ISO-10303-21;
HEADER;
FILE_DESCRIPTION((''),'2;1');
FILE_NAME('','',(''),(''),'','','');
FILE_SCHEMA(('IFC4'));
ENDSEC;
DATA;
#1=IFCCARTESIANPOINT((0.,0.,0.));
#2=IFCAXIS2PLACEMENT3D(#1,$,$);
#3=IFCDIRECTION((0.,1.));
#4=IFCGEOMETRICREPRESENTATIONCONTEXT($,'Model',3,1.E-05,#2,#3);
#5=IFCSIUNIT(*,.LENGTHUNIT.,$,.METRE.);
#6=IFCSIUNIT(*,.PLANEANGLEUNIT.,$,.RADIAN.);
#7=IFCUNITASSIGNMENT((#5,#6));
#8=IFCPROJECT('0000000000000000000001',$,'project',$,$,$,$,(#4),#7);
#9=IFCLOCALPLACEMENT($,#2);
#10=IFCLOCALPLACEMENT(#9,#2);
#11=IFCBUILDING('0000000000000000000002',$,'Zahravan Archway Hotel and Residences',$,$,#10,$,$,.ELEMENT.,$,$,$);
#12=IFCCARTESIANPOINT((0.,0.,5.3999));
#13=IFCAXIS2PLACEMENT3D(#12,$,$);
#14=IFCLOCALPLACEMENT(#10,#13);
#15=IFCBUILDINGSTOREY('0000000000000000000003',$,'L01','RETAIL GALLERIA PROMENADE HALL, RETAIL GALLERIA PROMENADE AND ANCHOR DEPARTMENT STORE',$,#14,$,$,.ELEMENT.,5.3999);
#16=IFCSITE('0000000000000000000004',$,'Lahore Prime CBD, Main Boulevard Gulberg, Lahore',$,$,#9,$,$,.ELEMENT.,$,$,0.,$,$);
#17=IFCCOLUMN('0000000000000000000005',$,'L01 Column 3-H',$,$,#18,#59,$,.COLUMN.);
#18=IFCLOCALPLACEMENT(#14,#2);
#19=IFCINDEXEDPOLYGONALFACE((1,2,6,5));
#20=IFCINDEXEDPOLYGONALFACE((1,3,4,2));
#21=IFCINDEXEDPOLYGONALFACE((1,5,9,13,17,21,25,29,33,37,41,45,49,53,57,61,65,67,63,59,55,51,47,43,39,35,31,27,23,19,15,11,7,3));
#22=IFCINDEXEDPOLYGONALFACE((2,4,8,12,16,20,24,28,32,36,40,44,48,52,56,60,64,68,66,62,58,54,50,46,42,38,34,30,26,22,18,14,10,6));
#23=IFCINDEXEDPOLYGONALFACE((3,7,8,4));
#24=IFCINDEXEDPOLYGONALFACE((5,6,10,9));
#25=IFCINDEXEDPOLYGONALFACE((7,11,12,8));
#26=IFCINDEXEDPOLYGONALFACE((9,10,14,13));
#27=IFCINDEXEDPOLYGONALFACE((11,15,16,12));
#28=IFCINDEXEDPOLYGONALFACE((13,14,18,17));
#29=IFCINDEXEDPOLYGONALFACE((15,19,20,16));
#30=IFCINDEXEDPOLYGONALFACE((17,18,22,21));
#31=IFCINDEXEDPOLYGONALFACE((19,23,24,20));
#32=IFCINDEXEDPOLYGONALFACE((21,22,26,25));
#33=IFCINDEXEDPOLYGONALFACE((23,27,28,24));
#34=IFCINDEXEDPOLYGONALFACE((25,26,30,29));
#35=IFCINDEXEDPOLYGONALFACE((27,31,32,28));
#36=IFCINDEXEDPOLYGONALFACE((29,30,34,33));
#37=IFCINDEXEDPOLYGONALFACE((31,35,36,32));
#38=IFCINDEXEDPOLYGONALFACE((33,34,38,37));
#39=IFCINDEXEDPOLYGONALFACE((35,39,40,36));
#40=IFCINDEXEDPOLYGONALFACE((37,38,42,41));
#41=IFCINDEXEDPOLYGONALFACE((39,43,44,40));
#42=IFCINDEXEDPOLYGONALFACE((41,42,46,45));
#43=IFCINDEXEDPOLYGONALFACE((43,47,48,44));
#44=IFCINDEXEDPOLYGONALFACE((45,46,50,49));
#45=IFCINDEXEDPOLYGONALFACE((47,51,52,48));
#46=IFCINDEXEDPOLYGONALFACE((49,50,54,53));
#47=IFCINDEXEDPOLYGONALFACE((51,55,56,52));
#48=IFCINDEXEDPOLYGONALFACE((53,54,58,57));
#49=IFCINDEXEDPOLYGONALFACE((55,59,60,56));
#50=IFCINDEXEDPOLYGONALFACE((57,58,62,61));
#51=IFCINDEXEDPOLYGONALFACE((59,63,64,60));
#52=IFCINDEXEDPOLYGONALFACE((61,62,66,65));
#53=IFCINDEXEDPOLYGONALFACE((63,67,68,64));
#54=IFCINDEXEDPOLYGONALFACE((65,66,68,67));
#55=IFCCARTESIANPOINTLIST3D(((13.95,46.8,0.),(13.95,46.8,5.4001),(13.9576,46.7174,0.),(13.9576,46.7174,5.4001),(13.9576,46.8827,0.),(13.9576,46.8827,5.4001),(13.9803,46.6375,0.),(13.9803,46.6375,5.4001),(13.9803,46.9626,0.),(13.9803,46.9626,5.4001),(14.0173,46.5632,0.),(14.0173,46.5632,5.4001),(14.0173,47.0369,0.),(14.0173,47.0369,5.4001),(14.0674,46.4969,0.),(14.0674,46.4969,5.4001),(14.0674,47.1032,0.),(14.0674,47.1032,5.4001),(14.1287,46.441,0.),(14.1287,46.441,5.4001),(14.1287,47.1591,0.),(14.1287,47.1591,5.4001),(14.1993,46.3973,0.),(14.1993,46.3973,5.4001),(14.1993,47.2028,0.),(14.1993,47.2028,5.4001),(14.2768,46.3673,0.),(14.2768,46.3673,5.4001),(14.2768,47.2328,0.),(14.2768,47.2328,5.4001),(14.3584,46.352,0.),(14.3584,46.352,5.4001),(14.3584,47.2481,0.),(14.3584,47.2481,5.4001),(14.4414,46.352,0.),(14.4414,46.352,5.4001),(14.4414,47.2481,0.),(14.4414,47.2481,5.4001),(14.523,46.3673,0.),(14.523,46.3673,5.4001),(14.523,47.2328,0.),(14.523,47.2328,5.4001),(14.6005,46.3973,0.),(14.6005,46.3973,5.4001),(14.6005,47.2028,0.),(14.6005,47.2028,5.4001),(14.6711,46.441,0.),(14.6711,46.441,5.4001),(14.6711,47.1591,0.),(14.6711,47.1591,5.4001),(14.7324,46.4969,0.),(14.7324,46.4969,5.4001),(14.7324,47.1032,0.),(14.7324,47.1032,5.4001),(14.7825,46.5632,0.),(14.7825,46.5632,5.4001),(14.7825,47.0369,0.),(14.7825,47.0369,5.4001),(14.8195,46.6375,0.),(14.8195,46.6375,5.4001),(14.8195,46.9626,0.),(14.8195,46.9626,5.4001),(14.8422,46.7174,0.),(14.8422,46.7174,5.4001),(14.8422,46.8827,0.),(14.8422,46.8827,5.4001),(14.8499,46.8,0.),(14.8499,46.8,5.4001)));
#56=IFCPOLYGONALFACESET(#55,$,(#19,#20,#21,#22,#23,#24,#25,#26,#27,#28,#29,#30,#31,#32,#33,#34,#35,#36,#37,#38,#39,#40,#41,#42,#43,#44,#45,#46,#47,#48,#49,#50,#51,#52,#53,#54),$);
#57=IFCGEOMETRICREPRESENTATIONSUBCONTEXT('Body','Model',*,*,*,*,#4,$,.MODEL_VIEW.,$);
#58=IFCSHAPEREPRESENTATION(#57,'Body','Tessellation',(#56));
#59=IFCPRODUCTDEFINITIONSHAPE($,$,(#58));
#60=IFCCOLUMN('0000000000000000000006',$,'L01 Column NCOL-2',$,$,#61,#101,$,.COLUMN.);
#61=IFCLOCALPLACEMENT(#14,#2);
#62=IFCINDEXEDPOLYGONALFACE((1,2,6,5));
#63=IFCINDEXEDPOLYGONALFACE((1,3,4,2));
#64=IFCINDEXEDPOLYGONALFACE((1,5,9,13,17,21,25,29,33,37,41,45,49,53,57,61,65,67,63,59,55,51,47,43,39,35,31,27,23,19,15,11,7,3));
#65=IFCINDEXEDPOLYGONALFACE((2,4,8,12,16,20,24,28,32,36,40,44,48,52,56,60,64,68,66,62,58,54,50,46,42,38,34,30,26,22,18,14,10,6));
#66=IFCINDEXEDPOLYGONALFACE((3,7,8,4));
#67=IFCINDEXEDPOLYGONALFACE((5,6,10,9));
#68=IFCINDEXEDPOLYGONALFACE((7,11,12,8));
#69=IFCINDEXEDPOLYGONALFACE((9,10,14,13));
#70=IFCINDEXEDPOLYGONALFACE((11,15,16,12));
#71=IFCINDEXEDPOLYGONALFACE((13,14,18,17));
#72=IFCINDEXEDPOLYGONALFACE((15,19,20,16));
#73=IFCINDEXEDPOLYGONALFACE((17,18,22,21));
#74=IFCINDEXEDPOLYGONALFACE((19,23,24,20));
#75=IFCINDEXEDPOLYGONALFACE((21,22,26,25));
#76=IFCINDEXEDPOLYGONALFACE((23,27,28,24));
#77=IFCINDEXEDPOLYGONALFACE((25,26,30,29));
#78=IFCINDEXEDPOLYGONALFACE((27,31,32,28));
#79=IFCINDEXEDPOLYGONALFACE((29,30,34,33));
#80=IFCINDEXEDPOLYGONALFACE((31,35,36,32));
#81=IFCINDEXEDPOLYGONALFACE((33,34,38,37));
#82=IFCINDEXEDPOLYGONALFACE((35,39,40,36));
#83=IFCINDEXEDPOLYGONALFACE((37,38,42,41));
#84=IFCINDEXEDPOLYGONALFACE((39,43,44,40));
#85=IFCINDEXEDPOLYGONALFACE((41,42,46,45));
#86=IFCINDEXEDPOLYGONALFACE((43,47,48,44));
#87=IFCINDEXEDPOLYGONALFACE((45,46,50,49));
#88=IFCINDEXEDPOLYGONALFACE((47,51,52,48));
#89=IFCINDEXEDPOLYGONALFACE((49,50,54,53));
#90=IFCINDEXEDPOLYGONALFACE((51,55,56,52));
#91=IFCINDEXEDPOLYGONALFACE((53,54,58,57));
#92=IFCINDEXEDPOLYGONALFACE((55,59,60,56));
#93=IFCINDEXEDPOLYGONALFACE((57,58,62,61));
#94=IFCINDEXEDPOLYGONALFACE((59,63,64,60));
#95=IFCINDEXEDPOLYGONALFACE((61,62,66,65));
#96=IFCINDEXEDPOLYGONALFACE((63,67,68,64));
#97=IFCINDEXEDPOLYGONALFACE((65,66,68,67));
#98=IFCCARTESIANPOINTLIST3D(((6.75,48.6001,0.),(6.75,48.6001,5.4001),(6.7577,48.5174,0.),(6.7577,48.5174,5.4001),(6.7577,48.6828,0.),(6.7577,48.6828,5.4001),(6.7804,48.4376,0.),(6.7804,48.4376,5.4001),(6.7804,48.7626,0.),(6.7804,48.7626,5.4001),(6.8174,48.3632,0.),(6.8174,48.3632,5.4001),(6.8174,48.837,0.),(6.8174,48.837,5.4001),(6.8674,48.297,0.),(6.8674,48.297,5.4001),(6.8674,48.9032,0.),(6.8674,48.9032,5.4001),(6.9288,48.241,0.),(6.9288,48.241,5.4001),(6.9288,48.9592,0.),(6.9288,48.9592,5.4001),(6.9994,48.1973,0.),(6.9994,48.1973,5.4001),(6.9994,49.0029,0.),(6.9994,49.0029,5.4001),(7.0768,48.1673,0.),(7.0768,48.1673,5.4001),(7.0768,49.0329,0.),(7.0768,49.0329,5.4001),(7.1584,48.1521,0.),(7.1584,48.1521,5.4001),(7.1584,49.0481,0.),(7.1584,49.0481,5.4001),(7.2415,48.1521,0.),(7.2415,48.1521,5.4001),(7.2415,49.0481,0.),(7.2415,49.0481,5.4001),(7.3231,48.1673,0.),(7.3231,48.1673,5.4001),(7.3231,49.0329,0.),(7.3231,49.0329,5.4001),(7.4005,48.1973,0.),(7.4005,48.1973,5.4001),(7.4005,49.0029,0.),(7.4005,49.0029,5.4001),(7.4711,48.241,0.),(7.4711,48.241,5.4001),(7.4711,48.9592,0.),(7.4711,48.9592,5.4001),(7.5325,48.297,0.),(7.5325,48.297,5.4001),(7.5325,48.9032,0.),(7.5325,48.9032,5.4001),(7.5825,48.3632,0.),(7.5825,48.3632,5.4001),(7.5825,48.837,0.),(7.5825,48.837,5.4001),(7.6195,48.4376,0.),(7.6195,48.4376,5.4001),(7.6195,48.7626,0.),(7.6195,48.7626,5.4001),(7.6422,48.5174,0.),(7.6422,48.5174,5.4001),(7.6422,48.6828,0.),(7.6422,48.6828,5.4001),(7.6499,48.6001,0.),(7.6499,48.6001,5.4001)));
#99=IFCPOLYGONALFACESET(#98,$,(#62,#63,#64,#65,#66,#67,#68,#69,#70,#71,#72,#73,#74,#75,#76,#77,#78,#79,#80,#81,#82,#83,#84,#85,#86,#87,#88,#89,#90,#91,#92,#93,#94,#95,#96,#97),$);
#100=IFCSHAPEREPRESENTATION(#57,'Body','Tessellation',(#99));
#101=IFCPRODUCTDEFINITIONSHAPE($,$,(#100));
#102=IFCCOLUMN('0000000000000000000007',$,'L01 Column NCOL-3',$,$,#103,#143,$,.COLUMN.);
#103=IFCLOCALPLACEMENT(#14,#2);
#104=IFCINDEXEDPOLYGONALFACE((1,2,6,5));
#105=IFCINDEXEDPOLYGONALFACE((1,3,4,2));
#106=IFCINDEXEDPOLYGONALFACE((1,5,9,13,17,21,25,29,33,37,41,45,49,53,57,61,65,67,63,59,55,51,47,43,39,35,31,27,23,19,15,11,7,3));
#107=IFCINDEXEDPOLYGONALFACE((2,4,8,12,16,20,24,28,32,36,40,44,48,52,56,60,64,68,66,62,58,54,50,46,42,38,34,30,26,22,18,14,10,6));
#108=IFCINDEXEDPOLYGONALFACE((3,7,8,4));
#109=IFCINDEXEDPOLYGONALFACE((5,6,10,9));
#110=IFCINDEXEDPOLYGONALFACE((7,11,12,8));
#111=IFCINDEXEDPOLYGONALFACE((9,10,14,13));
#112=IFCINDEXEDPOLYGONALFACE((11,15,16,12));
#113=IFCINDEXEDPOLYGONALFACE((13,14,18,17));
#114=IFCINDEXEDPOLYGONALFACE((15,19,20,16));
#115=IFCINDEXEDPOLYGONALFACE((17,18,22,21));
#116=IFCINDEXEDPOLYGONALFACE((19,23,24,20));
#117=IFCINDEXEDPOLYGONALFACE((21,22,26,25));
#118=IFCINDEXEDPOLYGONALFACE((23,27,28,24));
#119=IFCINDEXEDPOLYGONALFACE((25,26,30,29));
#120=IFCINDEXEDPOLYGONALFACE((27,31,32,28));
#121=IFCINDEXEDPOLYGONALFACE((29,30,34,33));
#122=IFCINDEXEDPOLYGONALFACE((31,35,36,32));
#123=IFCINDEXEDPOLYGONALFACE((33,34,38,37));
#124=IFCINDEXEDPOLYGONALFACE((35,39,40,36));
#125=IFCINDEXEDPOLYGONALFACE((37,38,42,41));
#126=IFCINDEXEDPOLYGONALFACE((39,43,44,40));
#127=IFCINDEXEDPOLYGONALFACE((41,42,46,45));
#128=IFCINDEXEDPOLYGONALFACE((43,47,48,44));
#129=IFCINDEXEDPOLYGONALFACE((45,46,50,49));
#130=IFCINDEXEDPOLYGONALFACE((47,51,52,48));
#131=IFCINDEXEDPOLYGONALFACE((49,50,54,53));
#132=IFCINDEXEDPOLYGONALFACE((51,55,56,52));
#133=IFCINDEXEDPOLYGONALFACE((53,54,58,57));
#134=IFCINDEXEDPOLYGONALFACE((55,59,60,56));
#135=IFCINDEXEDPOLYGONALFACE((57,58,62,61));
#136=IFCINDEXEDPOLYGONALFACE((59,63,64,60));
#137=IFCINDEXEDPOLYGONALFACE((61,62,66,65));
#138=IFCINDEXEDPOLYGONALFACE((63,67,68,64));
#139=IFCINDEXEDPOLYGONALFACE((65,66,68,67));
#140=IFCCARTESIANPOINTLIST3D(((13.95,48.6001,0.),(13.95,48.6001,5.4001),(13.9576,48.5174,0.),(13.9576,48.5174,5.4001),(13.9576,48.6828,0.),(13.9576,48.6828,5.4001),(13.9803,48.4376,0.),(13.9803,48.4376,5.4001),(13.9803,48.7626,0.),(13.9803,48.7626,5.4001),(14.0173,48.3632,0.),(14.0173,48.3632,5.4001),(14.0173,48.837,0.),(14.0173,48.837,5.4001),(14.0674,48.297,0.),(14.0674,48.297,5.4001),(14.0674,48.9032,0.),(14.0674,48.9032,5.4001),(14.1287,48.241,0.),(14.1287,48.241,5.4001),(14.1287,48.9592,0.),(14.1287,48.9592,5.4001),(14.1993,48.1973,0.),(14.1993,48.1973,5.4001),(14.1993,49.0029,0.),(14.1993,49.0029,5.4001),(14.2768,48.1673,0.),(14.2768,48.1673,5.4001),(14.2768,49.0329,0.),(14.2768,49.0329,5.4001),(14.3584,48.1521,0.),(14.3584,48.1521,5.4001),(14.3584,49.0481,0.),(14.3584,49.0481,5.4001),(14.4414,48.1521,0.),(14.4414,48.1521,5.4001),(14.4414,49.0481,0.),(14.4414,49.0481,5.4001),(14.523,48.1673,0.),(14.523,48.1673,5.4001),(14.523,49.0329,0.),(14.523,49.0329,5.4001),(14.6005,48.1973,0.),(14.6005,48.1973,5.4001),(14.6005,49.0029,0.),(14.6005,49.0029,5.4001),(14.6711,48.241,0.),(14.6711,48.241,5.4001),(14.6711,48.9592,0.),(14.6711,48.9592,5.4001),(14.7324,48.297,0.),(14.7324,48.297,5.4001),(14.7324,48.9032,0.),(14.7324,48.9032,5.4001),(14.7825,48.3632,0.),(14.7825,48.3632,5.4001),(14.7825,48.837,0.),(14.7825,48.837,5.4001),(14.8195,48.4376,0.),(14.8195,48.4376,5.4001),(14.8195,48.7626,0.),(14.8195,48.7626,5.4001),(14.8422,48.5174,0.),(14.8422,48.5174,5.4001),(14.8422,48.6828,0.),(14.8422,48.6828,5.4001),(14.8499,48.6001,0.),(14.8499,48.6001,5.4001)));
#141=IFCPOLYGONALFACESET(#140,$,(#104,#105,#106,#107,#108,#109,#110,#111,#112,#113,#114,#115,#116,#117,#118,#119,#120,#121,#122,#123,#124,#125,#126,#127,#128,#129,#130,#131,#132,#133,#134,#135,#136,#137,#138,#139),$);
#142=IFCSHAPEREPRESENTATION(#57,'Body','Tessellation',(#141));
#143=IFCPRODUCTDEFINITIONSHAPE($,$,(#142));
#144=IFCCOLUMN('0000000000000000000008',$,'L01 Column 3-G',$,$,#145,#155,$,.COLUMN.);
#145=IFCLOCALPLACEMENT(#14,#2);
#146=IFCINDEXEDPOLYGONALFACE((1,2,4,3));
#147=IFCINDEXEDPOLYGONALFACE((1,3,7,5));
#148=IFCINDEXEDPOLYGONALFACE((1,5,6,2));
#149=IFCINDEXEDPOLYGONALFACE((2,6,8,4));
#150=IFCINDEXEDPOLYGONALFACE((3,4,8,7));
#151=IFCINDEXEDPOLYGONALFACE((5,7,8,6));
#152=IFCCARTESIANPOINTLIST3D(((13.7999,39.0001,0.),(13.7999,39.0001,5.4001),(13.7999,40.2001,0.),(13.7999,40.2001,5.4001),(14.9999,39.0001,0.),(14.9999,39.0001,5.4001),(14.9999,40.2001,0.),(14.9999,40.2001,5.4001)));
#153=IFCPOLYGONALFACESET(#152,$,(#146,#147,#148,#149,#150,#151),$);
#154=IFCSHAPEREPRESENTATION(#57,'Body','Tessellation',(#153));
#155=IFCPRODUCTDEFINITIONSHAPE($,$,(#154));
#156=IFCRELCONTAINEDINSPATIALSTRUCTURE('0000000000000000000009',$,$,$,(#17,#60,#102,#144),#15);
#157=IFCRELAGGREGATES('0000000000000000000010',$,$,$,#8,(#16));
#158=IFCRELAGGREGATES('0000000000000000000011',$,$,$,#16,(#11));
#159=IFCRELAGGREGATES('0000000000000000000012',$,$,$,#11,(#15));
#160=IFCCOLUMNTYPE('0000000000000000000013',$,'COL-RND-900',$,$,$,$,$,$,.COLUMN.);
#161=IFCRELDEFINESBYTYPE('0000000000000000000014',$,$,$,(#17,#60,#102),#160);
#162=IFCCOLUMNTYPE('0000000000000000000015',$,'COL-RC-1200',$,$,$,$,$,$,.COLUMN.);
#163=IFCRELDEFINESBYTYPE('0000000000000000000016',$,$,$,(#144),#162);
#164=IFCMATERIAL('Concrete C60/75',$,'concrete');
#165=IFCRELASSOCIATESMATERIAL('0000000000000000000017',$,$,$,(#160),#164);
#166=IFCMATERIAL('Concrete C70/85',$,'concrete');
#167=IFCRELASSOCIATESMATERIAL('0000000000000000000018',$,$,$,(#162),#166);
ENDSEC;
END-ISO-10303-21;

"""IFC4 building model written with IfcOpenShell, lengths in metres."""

from ifc_helpers import new_model, si_unit, direction, frame, origin, origin_2d, place, context, subcontext, project, spatial, rectangle, circle, extrude, source, transform, mapped, material, material_profile, profile_set, type_object, element, save


model = new_model("IFC4")

# Units and contexts
model_context = context("Model", 3, precision=1e-05, world=origin(), true_north=direction((0.0, 1.0)))
body_context = subcontext(model_context, "Body", "Model", "MODEL_VIEW")
ifc_project = project(units=[si_unit("LENGTHUNIT", "METRE"), si_unit("PLANEANGLEUNIT", "RADIAN")], contexts=[model_context])

# Site, building, storey
site_placement = place(None, origin())
site = spatial("IfcSite", under=ifc_project, at=site_placement, Name="Lahore Prime CBD, Main Boulevard Gulberg, Lahore", CompositionType="ELEMENT", RefElevation=0.0)
building_placement = place(site_placement, origin())
building = spatial("IfcBuilding", under=site, at=building_placement, Name="Zahravan Archway Hotel and Residences", CompositionType="ELEMENT")
storey_placement = place(building_placement, frame((0.0, 0.0, 5.3999)))
storey = spatial("IfcBuildingStorey", under=building, at=storey_placement, Name="L01", Description="RETAIL GALLERIA PROMENADE HALL, RETAIL GALLERIA PROMENADE AND ANCHOR DEPARTMENT STORE", CompositionType="ELEMENT", Elevation=5.3999)

# Columns
ifc_material_1 = material(Name="Concrete C60/75", Category="concrete")
ifc_material_profile_1 = material_profile(ifc_material_1, circle(Radius=0.45, at=origin_2d()), Name="RC-CIRC-900", Category="concrete")
ifc_profile_set_1 = profile_set([ifc_material_profile_1], Name="Concrete C60/75")
column_type_1 = type_object("IfcColumnType", Name="COL-RND-900", PredefinedType="COLUMN", material=ifc_profile_set_1)
shared_shape_1 = source(origin(), body_context, "Body", "SweptSolid", [
    extrude(circle(Radius=0.45, at=origin_2d()), origin(), (0.0, 0.0, 1.0), 5.4001),
])
for number, where, z_axis, x_axis, name in (
    (1, (14.3999, 46.8, 0.0), (0.0, 0.0, 1.0), (1.0, 0.0, 0.0), "L01 Column 3-H"),
    (2, (7.2, 48.6001, 0.0), (0.0, 0.0, 1.0), (1.0, 0.0, 0.0), "L01 Column NCOL-2"),
    (3, (14.3999, 48.6001, 0.0), (0.0, 0.0, 1.0), (1.0, 0.0, 0.0), "L01 Column NCOL-3"),
):
    element("IfcColumn", number, at=place(storey_placement, frame(where, z_axis=z_axis, x_axis=x_axis)), inside=storey, type_object=column_type_1, Name=name, PredefinedType="COLUMN", context=body_context, shape_type="MappedRepresentation", body=[
        mapped(shared_shape_1, transform((0.0, 0.0, 0.0), scale=1.0)),
    ])
ifc_material_2 = material(Name="Concrete C70/85", Category="concrete")
ifc_material_profile_2 = material_profile(ifc_material_2, rectangle(XDim=1.2, YDim=1.2, at=origin_2d()), Name="RC-COL-1200x1200", Category="concrete")
ifc_profile_set_2 = profile_set([ifc_material_profile_2], Name="Concrete C70/85")
column_type_2 = type_object("IfcColumnType", Name="COL-RC-1200", PredefinedType="COLUMN", material=ifc_profile_set_2)
shared_shape_2 = source(origin(), body_context, "Body", "SweptSolid", [
    extrude(rectangle(XDim=1.2, YDim=1.2, at=origin_2d()), origin(), (0.0, 0.0, 1.0), 5.4001),
])
column_placement = place(storey_placement, frame((14.3999, 39.6001, 0.0), z_axis=(0.0, 0.0, 1.0), x_axis=(1.0, 0.0, 0.0)))
element("IfcColumn", 4, at=column_placement, inside=storey, type_object=column_type_2, Name="L01 Column 3-G", PredefinedType="COLUMN", context=body_context, shape_type="MappedRepresentation", body=[
    mapped(shared_shape_2, transform((0.0, 0.0, 0.0), scale=1.0)),
])

save(model, "model.ifc")
